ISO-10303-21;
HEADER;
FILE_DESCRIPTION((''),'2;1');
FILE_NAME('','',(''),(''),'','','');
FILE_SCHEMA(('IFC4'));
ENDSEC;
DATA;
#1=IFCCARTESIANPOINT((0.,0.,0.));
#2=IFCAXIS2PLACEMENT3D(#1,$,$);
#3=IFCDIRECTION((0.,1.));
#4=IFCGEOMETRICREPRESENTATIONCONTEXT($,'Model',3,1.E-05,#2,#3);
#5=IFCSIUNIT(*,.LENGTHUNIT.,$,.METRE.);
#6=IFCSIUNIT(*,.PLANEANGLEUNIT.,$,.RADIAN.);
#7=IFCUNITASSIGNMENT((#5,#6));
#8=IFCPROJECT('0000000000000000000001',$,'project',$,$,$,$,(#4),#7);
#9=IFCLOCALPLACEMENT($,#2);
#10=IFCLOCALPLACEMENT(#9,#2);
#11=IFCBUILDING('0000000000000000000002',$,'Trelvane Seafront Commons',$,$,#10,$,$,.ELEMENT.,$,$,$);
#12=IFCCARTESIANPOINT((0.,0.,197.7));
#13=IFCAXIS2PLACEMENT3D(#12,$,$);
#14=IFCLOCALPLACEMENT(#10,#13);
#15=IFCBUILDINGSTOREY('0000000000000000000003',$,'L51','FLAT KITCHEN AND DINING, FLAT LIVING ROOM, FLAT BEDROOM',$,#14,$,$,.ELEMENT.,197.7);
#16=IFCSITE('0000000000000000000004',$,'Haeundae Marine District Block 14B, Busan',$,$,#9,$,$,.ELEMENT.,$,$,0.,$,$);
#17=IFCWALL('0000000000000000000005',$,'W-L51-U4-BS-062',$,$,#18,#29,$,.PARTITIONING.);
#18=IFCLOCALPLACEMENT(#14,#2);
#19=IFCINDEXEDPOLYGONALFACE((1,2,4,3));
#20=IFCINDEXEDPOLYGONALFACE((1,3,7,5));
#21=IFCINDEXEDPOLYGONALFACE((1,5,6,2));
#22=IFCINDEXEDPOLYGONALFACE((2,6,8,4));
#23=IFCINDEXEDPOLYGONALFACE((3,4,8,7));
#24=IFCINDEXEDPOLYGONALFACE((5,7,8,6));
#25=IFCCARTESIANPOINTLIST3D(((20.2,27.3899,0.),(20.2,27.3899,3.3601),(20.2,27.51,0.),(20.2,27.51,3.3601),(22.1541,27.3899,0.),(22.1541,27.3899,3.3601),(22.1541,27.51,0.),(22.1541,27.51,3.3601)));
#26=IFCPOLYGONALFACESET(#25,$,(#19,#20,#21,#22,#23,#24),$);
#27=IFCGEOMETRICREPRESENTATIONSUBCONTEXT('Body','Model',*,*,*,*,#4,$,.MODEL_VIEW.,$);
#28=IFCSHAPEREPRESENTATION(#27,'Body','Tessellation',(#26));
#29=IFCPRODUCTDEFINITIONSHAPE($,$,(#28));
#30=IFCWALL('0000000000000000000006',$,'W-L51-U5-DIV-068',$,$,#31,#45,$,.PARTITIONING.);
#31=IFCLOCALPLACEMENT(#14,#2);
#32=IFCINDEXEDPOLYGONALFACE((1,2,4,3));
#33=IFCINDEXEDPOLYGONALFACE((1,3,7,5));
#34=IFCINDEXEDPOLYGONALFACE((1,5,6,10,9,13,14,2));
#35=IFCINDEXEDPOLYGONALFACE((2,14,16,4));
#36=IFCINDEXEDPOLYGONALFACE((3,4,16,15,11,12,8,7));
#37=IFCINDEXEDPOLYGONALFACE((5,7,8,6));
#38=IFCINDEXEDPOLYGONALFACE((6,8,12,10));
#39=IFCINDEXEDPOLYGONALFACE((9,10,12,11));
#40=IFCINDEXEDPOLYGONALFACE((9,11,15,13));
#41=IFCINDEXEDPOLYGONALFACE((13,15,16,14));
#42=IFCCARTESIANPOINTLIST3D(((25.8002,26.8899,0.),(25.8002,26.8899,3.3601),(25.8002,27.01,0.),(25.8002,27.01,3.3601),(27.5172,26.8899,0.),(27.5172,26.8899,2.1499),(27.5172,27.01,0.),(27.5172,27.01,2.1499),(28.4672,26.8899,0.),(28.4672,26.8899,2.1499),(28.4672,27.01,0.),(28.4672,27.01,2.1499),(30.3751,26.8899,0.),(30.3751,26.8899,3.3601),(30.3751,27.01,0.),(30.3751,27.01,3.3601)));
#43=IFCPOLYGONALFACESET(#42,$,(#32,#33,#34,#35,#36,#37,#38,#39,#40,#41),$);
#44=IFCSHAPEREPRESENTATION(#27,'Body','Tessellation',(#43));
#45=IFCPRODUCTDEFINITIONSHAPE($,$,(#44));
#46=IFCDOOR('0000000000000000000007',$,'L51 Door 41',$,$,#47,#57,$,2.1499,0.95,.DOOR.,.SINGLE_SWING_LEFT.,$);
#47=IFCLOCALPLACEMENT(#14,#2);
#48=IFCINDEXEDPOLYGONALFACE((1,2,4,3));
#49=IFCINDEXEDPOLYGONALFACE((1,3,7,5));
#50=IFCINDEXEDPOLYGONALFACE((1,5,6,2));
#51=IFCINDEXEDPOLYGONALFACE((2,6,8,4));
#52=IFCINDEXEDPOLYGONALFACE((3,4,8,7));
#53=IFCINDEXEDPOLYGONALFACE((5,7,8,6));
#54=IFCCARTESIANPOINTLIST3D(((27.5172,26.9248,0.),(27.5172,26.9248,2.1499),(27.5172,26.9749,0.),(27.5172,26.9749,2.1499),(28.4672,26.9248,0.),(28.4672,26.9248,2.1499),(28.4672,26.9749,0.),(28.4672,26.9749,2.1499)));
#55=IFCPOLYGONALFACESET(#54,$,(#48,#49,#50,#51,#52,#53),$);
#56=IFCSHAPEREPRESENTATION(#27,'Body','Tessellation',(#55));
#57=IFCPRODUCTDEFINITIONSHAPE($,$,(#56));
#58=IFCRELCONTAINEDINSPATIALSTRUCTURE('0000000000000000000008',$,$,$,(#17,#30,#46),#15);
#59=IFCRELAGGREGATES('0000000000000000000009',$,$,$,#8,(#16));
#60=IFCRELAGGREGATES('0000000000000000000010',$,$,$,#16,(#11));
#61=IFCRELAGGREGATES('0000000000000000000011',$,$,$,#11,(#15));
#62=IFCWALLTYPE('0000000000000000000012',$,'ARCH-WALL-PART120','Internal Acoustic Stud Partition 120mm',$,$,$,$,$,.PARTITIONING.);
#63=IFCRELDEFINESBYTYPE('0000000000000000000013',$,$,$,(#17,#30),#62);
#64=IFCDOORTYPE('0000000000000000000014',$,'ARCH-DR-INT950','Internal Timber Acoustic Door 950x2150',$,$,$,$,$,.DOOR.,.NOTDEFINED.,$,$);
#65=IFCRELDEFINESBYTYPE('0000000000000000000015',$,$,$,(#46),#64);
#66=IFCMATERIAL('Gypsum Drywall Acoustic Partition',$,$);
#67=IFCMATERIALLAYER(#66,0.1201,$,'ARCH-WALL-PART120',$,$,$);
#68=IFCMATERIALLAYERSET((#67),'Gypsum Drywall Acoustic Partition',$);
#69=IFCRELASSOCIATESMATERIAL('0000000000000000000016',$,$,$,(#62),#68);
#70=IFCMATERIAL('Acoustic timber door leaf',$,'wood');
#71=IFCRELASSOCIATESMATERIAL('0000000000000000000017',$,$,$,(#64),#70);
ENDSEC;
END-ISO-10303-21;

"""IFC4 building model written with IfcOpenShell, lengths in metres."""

from ifc_helpers import new_model, si_unit, direction, frame, frame_2d, origin, place, context, subcontext, project, spatial, rectangle, extrude, source, transform, mapped, material, layer, layer_set, type_object, element, fill, save


model = new_model("IFC4")

# Units and contexts
model_context = context("Model", 3, precision=1e-05, world=origin(), true_north=direction((0.0, 1.0)))
body_context = subcontext(model_context, "Body", "Model", "MODEL_VIEW")
ifc_project = project(units=[si_unit("LENGTHUNIT", "METRE"), si_unit("PLANEANGLEUNIT", "RADIAN")], contexts=[model_context])

# Site, building, storey
site_placement = place(None, origin())
site = spatial("IfcSite", under=ifc_project, at=site_placement, Name="Haeundae Marine District Block 14B, Busan", CompositionType="ELEMENT", RefElevation=0.0)
building_placement = place(site_placement, origin())
building = spatial("IfcBuilding", under=site, at=building_placement, Name="Trelvane Seafront Commons", CompositionType="ELEMENT")
storey_placement = place(building_placement, frame((0.0, 0.0, 197.7)))
storey = spatial("IfcBuildingStorey", under=building, at=storey_placement, Name="L51", Description="FLAT KITCHEN AND DINING, FLAT LIVING ROOM, FLAT BEDROOM", CompositionType="ELEMENT", Elevation=197.7)

# Shared definitions
ifc_material_1 = material(Name="Gypsum Drywall Acoustic Partition")
ifc_layer_1 = layer(ifc_material_1, 0.1201, Name="ARCH-WALL-PART120")
ifc_layer_set_1 = layer_set([ifc_layer_1], Name="Gypsum Drywall Acoustic Partition")
wall_type_1 = type_object("IfcWallType", Name="ARCH-WALL-PART120", Description="Internal Acoustic Stud Partition 120mm", PredefinedType="PARTITIONING", material=ifc_layer_set_1)
ifc_material_2 = material(Name="Acoustic timber door leaf", Category="wood")
door_type_1 = type_object("IfcDoorType", Name="ARCH-DR-INT950", Description="Internal Timber Acoustic Door 950x2150", OperationType="NOTDEFINED", PredefinedType="DOOR", material=ifc_material_2)
shared_shape_1 = source(origin(), body_context, "Body", "SweptSolid", [
    extrude(rectangle(XDim=0.95, YDim=2.1499, at=frame_2d((0.4751, 1.075))), frame((0.0, 0.0249, 0.0), z_axis=(0.0, -1.0, 0.0), x_axis=(1.0, 0.0, 0.0)), (0.0, 0.0, 1.0), 0.05),
])

# Wall
wall_1_placement = place(storey_placement, frame((20.2, 27.45, 0.0), z_axis=(0.0, 0.0, 1.0), x_axis=(1.0, 0.0, 0.0)))
element("IfcWall", 1, at=wall_1_placement, inside=storey, type_object=wall_type_1, Name="W-L51-U4-BS-062", PredefinedType="PARTITIONING", context=body_context, shape_type="SweptSolid", body=[
    extrude(rectangle(XDim=1.9541, YDim=0.1201, at=frame_2d((0.9771, 0.0))), origin(), (0.0, 0.0, 1.0), 3.3601),
])

# Wall, opening, door
wall_2_placement = place(storey_placement, frame((25.8, 26.95, 0.0), z_axis=(0.0, 0.0, 1.0), x_axis=(1.0, 0.0, 0.0)))
wall_2 = element("IfcWall", 2, at=wall_2_placement, inside=storey, type_object=wall_type_1, Name="W-L51-U5-DIV-068", PredefinedType="PARTITIONING", context=body_context, shape_type="SweptSolid", body=[
    extrude(rectangle(XDim=4.575, YDim=0.1201, at=frame_2d((2.2876, 0.0))), origin(), (0.0, 0.0, 1.0), 3.3601),
])
opening_1_placement = place(wall_2_placement, frame((1.717, 0.0, 0.0)))
opening_1 = element("IfcOpeningElement", 3, at=opening_1_placement, cuts=wall_2, PredefinedType="OPENING", context=body_context, shape_type="SweptSolid", body=[
    extrude(rectangle(XDim=0.95, YDim=2.1499, at=frame_2d((0.4751, 1.075))), frame((0.0, 0.0701, 0.0), z_axis=(0.0, -1.0, 0.0), x_axis=(1.0, 0.0, 0.0)), (0.0, 0.0, 1.0), 0.1401),
])
door_1_placement = place(opening_1_placement, origin())
door_1 = element("IfcDoor", 4, at=door_1_placement, inside=storey, type_object=door_type_1, Name="L51 Door 41", OperationType="SINGLE_SWING_LEFT", OverallHeight=2.1499, OverallWidth=0.95, PredefinedType="DOOR", context=body_context, shape_type="MappedRepresentation", body=[
    mapped(shared_shape_1, transform((0.0, 0.0, 0.0), x_axis=(1.0, 0.0, 0.0), y_axis=(0.0, 1.0, 0.0), z_axis=(0.0, 0.0, 1.0), scale=1.0)),
])
fill(opening_1, door_1)

save(model, "model.ifc")
